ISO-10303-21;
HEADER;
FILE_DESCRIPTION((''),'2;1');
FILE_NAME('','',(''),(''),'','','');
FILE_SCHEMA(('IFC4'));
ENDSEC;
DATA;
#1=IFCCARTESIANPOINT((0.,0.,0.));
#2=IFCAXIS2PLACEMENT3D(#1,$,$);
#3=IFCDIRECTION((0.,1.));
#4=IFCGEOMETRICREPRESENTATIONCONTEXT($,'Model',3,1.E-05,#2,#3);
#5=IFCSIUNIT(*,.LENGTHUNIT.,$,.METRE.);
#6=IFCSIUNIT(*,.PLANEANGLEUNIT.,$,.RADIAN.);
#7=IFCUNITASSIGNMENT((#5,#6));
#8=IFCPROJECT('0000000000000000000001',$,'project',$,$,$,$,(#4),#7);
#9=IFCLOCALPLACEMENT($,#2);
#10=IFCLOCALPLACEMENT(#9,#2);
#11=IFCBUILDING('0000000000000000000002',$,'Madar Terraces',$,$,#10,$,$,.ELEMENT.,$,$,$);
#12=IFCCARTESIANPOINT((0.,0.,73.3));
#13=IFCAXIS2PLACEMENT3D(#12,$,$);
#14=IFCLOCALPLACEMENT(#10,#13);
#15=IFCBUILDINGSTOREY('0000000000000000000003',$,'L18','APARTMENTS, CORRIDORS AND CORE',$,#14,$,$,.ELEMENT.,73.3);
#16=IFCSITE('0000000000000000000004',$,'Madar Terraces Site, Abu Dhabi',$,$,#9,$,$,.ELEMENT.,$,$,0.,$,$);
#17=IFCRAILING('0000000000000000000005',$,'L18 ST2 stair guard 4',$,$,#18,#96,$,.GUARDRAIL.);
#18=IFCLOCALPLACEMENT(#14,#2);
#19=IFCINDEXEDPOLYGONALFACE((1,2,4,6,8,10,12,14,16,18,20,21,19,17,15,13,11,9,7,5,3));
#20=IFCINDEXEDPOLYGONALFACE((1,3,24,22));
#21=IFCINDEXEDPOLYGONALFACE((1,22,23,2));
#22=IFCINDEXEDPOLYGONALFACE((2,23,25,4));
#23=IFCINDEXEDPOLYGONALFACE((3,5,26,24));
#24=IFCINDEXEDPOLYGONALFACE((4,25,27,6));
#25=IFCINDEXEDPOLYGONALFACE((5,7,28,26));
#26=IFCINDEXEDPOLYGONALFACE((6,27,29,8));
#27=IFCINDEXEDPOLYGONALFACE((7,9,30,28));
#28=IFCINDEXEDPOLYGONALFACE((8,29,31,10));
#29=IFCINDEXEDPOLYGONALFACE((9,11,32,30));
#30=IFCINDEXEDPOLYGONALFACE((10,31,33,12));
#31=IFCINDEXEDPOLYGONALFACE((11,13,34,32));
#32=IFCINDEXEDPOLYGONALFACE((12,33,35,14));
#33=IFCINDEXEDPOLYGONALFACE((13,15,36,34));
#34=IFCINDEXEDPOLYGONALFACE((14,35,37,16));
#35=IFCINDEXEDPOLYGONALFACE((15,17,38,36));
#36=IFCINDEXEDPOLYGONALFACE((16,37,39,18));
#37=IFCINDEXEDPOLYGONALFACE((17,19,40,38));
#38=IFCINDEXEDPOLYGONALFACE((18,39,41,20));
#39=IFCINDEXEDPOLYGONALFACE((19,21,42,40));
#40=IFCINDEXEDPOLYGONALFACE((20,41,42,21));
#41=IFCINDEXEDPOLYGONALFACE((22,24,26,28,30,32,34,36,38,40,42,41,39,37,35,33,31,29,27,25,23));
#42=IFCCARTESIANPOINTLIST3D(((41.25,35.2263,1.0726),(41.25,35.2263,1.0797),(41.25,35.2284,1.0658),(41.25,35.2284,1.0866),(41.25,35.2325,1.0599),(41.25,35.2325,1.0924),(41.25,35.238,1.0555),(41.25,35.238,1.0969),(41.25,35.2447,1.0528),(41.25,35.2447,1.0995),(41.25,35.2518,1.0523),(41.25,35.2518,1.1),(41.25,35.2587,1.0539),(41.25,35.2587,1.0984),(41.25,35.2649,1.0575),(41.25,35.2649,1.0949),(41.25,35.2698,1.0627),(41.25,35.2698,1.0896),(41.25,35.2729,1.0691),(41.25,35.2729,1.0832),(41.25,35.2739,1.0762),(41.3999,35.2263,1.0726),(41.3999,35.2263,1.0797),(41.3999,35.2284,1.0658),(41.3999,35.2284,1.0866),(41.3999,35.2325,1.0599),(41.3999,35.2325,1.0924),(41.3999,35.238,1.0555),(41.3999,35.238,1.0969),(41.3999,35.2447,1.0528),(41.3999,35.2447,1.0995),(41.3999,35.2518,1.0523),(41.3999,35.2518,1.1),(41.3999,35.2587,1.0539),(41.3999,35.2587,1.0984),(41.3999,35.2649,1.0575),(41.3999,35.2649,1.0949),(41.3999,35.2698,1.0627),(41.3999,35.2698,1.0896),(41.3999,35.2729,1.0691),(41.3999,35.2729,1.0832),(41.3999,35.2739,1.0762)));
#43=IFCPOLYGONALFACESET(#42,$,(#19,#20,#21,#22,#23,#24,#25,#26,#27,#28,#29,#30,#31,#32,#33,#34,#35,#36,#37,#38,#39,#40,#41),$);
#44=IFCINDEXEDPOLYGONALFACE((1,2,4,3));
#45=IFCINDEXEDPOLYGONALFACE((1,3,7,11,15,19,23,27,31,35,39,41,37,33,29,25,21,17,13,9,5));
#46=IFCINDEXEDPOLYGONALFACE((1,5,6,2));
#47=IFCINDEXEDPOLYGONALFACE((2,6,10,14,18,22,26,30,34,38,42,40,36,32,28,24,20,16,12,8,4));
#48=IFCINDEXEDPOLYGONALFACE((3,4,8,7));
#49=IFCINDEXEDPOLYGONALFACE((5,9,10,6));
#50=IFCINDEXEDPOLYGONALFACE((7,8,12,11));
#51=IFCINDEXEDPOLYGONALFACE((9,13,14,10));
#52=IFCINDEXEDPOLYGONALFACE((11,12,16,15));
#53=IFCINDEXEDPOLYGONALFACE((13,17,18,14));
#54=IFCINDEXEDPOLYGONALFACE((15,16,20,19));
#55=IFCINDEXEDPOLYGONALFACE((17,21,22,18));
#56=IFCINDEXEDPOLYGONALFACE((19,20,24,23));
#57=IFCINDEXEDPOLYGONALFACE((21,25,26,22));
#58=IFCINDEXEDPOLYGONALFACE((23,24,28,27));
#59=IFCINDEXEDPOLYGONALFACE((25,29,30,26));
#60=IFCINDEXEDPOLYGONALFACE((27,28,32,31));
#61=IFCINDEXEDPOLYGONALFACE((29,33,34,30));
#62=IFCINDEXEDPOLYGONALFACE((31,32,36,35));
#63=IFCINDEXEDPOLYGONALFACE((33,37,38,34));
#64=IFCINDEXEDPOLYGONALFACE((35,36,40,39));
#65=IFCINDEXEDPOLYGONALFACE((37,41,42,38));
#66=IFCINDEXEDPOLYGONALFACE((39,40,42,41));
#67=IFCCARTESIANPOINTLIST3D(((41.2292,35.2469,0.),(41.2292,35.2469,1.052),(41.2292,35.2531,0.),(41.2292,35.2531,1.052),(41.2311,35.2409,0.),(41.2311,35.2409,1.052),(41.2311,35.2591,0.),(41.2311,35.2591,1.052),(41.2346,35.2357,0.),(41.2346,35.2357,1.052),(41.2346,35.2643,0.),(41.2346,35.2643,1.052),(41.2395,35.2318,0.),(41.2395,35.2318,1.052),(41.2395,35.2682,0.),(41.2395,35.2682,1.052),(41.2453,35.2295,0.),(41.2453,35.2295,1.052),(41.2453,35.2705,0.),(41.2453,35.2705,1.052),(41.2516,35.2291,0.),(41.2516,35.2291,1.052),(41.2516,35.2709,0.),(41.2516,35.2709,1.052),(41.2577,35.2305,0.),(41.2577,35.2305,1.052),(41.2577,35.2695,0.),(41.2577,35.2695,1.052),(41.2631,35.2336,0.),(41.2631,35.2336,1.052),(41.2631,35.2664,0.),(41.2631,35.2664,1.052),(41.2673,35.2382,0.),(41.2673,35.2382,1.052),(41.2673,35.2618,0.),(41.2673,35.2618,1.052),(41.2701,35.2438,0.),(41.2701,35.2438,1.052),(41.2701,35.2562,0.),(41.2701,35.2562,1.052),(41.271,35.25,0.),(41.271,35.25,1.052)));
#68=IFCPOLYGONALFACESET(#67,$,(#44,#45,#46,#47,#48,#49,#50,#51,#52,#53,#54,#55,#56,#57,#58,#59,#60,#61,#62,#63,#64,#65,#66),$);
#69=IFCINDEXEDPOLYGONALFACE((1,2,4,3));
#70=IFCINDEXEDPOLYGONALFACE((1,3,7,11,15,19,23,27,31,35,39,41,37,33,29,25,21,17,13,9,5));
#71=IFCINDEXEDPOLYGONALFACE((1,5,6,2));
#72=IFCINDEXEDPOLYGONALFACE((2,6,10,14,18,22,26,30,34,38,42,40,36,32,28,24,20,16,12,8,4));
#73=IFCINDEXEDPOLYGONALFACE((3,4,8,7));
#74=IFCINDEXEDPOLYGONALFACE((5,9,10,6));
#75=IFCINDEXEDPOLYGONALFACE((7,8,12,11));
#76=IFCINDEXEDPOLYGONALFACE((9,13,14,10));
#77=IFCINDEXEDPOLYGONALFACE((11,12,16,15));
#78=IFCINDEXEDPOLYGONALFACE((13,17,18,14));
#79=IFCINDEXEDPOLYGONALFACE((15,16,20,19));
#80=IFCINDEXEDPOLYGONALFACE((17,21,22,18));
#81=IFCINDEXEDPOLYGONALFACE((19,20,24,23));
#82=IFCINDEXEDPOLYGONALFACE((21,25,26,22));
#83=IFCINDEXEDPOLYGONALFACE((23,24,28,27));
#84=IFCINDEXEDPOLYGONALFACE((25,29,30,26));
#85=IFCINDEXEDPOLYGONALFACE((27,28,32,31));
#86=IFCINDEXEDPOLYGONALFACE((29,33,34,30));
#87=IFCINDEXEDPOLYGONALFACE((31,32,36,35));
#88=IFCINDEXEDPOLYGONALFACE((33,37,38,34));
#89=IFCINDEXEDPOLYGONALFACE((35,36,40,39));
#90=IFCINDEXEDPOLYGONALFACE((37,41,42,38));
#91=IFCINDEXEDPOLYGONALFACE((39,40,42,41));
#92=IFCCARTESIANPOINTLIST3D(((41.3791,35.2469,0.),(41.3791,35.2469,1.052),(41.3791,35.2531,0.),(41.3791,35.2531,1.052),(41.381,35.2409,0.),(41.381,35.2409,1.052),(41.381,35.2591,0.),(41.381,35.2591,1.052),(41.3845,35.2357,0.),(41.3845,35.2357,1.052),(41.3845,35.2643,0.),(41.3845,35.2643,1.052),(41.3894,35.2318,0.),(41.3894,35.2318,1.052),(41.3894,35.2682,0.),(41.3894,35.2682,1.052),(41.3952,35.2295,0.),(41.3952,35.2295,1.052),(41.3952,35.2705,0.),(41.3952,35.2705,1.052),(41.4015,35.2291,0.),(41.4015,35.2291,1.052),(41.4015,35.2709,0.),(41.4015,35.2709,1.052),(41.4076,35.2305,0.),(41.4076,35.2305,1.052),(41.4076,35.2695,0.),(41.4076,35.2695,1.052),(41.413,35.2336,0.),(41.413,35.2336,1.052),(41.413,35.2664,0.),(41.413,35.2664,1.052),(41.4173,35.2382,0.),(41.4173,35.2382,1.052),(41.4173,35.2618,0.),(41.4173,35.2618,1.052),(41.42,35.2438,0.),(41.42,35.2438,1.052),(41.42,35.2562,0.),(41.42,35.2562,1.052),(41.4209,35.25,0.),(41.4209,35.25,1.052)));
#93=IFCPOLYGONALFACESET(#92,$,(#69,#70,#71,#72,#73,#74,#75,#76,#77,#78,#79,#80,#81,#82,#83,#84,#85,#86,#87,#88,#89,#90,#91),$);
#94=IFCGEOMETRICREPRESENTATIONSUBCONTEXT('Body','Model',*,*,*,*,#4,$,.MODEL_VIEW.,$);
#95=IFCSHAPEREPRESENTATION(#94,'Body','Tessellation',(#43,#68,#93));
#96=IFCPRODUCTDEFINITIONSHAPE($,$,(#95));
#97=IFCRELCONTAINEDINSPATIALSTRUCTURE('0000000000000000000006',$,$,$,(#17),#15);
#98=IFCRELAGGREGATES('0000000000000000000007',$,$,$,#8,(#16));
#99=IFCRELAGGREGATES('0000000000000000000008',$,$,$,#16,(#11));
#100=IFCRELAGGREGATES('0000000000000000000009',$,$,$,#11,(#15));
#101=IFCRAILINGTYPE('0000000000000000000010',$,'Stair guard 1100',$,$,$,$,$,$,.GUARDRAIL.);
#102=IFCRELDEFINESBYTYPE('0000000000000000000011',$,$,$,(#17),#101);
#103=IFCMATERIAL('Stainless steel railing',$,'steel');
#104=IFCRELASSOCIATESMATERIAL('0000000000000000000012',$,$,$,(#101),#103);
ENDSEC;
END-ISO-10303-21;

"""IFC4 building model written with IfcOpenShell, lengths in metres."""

from ifc_helpers import new_model, si_unit, direction, frame, origin, origin_2d, place, context, subcontext, project, spatial, circle, extrude, material, type_object, element, save


model = new_model("IFC4")

# Units and contexts
model_context = context("Model", 3, precision=1e-05, world=origin(), true_north=direction((0.0, 1.0)))
body_context = subcontext(model_context, "Body", "Model", "MODEL_VIEW")
ifc_project = project(units=[si_unit("LENGTHUNIT", "METRE"), si_unit("PLANEANGLEUNIT", "RADIAN")], contexts=[model_context])

# Site, building, storey
site_placement = place(None, origin())
site = spatial("IfcSite", under=ifc_project, at=site_placement, Name="Madar Terraces Site, Abu Dhabi", CompositionType="ELEMENT", RefElevation=0.0)
building_placement = place(site_placement, origin())
building = spatial("IfcBuilding", under=site, at=building_placement, Name="Madar Terraces", CompositionType="ELEMENT")
storey_placement = place(building_placement, frame((0.0, 0.0, 73.3)))
storey = spatial("IfcBuildingStorey", under=building, at=storey_placement, Name="L18", Description="APARTMENTS, CORRIDORS AND CORE", CompositionType="ELEMENT", Elevation=73.3)

# Railing
ifc_material_1 = material(Name="Stainless steel railing", Category="steel")
railing_type_1 = type_object("IfcRailingType", Name="Stair guard 1100", PredefinedType="GUARDRAIL", material=ifc_material_1)
railing_1_placement = place(storey_placement, frame((41.25, 35.25, 0.0)))
element("IfcRailing", 1, at=railing_1_placement, inside=storey, type_object=railing_type_1, Name="L18 ST2 stair guard 4", PredefinedType="GUARDRAIL", context=body_context, shape_type="SweptSolid", body=[
    extrude(circle(Radius=0.0239, at=origin_2d()), frame((0.0, 0.0, 1.0762), z_axis=(1.0, 0.0, 0.0), x_axis=(0.0, 1.0, 0.0)), (0.0, 0.0, 1.0), 0.1499),
    extrude(circle(Radius=0.021, at=origin_2d()), origin(), (0.0, 0.0, 1.0), 1.052),
    extrude(circle(Radius=0.021, at=origin_2d()), frame((0.1499, 0.0, 0.0)), (0.0, 0.0, 1.0), 1.052),
])

save(model, "model.ifc")
